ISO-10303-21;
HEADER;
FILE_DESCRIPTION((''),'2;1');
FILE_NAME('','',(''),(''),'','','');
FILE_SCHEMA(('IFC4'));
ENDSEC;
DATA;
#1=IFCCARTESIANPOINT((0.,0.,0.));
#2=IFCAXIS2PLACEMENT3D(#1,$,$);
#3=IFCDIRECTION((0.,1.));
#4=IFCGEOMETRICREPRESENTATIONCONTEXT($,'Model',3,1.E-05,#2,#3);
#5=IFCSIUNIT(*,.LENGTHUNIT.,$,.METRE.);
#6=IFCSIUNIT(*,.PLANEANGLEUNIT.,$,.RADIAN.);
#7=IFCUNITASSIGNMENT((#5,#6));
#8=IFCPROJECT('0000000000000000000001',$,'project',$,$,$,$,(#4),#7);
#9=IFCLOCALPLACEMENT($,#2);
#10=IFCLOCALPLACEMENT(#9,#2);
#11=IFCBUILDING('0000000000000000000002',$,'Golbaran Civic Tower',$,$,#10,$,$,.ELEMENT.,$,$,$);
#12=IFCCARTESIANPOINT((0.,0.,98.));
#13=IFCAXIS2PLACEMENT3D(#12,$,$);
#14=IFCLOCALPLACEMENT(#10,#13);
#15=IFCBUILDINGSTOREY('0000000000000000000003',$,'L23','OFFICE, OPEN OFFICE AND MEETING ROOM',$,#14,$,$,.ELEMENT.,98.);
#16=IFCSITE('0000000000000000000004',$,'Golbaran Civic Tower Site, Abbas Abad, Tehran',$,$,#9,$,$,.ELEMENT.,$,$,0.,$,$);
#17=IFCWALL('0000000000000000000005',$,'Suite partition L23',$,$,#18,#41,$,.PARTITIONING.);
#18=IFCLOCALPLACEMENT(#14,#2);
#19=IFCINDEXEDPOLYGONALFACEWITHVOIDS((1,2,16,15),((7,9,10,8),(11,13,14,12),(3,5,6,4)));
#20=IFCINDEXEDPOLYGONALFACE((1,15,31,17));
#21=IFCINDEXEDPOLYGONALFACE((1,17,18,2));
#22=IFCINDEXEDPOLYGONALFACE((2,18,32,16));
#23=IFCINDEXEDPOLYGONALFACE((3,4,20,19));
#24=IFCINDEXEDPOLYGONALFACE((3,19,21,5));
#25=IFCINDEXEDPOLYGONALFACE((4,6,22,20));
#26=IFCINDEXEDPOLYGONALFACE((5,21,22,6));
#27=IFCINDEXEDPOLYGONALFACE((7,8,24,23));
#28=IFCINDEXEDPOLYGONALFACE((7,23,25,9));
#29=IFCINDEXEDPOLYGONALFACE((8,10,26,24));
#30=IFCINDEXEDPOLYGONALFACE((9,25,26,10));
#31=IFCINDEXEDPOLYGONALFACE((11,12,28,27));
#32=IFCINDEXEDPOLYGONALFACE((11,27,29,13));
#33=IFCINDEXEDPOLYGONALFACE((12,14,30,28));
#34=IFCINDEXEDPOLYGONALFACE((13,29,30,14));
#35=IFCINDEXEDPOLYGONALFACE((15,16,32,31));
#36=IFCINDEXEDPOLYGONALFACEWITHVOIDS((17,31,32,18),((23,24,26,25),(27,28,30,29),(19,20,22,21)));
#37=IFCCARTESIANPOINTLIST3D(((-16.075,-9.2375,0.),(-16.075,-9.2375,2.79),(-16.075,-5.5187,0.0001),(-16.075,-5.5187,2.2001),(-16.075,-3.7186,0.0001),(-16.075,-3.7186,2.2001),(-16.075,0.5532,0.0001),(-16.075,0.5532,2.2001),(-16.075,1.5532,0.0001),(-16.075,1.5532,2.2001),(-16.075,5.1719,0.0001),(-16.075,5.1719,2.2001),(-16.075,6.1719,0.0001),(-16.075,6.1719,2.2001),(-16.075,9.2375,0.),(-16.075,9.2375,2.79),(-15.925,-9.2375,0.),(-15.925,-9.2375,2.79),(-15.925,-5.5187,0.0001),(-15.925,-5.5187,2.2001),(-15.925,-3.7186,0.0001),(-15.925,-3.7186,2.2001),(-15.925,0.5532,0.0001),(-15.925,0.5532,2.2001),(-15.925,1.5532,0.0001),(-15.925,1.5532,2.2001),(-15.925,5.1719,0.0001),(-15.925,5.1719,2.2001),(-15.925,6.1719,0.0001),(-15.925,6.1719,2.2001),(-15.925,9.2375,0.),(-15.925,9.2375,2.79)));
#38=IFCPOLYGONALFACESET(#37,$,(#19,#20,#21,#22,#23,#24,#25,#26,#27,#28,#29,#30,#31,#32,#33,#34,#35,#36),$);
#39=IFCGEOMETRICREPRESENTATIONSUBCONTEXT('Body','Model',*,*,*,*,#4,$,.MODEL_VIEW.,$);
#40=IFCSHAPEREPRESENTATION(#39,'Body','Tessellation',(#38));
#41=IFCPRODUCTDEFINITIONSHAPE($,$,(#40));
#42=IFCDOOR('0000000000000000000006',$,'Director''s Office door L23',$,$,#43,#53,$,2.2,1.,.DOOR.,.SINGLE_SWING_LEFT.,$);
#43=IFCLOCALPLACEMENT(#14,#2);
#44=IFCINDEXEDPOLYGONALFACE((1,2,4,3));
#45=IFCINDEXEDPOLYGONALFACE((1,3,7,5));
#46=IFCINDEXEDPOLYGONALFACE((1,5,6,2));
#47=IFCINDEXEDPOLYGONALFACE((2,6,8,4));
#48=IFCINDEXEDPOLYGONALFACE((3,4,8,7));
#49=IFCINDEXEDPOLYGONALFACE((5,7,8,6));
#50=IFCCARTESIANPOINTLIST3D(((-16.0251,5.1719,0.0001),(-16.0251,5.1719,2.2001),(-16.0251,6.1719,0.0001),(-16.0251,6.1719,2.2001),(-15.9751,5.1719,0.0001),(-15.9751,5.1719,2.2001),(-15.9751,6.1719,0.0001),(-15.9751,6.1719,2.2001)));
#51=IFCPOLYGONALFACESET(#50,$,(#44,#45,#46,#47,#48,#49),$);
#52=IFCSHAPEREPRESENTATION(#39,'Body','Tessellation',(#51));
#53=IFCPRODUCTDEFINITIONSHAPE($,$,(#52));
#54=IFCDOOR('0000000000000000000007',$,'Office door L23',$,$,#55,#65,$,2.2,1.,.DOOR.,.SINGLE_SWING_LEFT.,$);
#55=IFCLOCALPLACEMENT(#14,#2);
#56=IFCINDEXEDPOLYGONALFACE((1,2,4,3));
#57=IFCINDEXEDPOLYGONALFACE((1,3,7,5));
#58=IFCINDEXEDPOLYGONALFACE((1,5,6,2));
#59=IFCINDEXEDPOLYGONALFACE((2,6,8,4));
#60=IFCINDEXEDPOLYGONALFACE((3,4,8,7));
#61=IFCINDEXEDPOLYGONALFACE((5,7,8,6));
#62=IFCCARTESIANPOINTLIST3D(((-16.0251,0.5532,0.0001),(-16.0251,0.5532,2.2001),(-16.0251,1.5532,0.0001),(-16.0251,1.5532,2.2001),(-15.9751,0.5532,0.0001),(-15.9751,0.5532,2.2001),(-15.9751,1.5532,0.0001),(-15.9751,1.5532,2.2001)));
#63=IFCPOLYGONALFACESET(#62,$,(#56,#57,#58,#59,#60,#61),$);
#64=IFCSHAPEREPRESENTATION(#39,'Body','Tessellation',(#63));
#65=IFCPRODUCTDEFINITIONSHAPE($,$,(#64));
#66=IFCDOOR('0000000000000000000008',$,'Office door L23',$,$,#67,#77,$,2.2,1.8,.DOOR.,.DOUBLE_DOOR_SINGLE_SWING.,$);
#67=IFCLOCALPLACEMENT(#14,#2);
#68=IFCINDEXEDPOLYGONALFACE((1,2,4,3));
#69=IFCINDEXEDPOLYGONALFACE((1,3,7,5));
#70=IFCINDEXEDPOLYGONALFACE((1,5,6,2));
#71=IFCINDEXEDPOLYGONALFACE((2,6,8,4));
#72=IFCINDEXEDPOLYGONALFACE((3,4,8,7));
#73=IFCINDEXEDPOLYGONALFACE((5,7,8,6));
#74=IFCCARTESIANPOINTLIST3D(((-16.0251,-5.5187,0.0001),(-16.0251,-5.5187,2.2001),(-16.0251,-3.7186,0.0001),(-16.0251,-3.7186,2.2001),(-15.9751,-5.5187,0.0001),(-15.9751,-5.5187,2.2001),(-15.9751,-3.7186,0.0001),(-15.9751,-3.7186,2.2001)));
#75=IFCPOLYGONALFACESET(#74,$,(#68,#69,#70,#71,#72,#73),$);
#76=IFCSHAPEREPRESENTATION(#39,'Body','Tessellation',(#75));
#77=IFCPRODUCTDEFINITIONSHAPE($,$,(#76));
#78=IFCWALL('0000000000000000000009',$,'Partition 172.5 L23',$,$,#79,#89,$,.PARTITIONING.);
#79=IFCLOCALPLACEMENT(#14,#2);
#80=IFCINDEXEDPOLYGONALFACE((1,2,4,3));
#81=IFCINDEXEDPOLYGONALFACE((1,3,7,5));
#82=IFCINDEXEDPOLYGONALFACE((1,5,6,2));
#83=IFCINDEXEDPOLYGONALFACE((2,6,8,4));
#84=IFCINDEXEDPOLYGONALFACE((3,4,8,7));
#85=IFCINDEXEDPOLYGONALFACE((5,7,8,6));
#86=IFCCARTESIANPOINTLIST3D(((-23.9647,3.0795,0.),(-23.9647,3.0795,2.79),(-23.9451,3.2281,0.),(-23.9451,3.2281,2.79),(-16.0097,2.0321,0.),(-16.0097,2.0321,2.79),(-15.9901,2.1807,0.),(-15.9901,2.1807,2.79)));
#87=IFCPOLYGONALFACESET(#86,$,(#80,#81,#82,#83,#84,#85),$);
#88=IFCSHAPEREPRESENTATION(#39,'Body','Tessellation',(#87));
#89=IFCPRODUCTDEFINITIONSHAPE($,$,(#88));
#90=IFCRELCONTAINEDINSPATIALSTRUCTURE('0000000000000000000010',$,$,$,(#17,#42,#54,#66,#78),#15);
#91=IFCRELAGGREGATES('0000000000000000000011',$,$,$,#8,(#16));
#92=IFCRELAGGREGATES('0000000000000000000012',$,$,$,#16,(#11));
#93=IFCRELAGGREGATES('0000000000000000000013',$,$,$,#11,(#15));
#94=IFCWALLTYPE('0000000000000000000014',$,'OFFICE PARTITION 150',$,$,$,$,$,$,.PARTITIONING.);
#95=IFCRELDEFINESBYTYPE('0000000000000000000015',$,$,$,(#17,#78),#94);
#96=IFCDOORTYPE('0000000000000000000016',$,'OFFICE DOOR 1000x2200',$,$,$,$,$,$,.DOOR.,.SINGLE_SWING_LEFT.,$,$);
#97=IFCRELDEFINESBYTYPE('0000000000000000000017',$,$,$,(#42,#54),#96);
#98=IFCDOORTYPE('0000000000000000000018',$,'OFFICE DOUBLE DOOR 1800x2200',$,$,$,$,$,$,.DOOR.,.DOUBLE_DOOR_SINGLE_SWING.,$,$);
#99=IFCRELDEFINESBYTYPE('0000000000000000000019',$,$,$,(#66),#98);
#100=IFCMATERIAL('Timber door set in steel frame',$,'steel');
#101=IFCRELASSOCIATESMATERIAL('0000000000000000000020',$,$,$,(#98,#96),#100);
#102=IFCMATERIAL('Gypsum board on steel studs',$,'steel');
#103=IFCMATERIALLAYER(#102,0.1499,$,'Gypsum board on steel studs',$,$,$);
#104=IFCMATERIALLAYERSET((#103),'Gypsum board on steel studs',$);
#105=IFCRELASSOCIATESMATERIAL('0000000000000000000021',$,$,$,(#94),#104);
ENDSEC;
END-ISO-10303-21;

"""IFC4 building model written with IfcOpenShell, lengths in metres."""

from ifc_helpers import new_model, si_unit, direction, frame, frame_2d, origin, place, context, subcontext, project, spatial, rectangle, extrude, material, layer, layer_set, type_object, element, fill, save


model = new_model("IFC4")

# Units and contexts
model_context = context("Model", 3, precision=1e-05, world=origin(), true_north=direction((0.0, 1.0)))
body_context = subcontext(model_context, "Body", "Model", "MODEL_VIEW")
ifc_project = project(units=[si_unit("LENGTHUNIT", "METRE"), si_unit("PLANEANGLEUNIT", "RADIAN")], contexts=[model_context])

# Site, building, storey
site_placement = place(None, origin())
site = spatial("IfcSite", under=ifc_project, at=site_placement, Name="Golbaran Civic Tower Site, Abbas Abad, Tehran", CompositionType="ELEMENT", RefElevation=0.0)
building_placement = place(site_placement, origin())
building = spatial("IfcBuilding", under=site, at=building_placement, Name="Golbaran Civic Tower", CompositionType="ELEMENT")
storey_placement = place(building_placement, frame((0.0, 0.0, 98.0)))
storey = spatial("IfcBuildingStorey", under=building, at=storey_placement, Name="L23", Description="OFFICE, OPEN OFFICE AND MEETING ROOM", CompositionType="ELEMENT", Elevation=98.0)

# Shared definitions
ifc_material_1 = material(Name="Timber door set in steel frame", Category="steel")

# Shared definitions
door_type_1 = type_object("IfcDoorType", Name="OFFICE DOUBLE DOOR 1800x2200", OperationType="DOUBLE_DOOR_SINGLE_SWING", PredefinedType="DOOR", material=ifc_material_1)
door_type_2 = type_object("IfcDoorType", Name="OFFICE DOOR 1000x2200", OperationType="SINGLE_SWING_LEFT", PredefinedType="DOOR", material=ifc_material_1)

# Shared definitions
ifc_material_2 = material(Name="Gypsum board on steel studs", Category="steel")
ifc_layer_1 = layer(ifc_material_2, 0.1499, Name="Gypsum board on steel studs")
ifc_layer_set_1 = layer_set([ifc_layer_1], Name="Gypsum board on steel studs")
wall_type_1 = type_object("IfcWallType", Name="OFFICE PARTITION 150", PredefinedType="PARTITIONING", material=ifc_layer_set_1)

# Wall, openings, doors
wall_1_placement = place(storey_placement, frame((-16.0, 9.2375, 0.0), z_axis=(0.0, 0.0, 1.0), x_axis=(0.0, -1.0, 0.0)))
wall_1 = element("IfcWall", 1, at=wall_1_placement, inside=storey, type_object=wall_type_1, Name="Suite partition L23", PredefinedType="PARTITIONING", context=body_context, shape_type="SweptSolid", body=[
    extrude(rectangle(XDim=18.4751, YDim=0.1499, at=frame_2d((9.2375, 0.0))), origin(), (0.0, 0.0, 1.0), 2.79),
])
opening_1_placement = place(wall_1_placement, frame((3.0657, 0.0, 0.0)))
opening_1 = element("IfcOpeningElement", 2, at=opening_1_placement, cuts=wall_1, PredefinedType="OPENING", context=body_context, shape_type="SweptSolid", body=[
    extrude(rectangle(XDim=1.0, YDim=2.2, at=frame_2d((0.5, 1.1001))), frame((0.0, 0.085, 0.0), z_axis=(0.0, -1.0, 0.0), x_axis=(1.0, 0.0, 0.0)), (0.0, 0.0, 1.0), 0.1699),
])
opening_2_placement = place(wall_1_placement, frame((7.6843, 0.0, 0.0)))
opening_2 = element("IfcOpeningElement", 3, at=opening_2_placement, cuts=wall_1, PredefinedType="OPENING", context=body_context, shape_type="SweptSolid", body=[
    extrude(rectangle(XDim=1.0, YDim=2.2, at=frame_2d((0.5, 1.1001))), frame((0.0, 0.085, 0.0), z_axis=(0.0, -1.0, 0.0), x_axis=(1.0, 0.0, 0.0)), (0.0, 0.0, 1.0), 0.1699),
])
opening_3_placement = place(wall_1_placement, frame((12.9563, 0.0, 0.0)))
opening_3 = element("IfcOpeningElement", 4, at=opening_3_placement, cuts=wall_1, PredefinedType="OPENING", context=body_context, shape_type="SweptSolid", body=[
    extrude(rectangle(XDim=1.8, YDim=2.2, at=frame_2d((0.8999, 1.1001))), frame((0.0, 0.085, 0.0), z_axis=(0.0, -1.0, 0.0), x_axis=(1.0, 0.0, 0.0)), (0.0, 0.0, 1.0), 0.1699),
])
door_1_placement = place(opening_1_placement, origin())
door_1 = element("IfcDoor", 5, at=door_1_placement, inside=storey, type_object=door_type_2, Name="Director's Office door L23", OperationType="SINGLE_SWING_LEFT", OverallHeight=2.2, OverallWidth=1.0, PredefinedType="DOOR", context=body_context, shape_type="SweptSolid", body=[
    extrude(rectangle(XDim=1.0, YDim=2.2, at=frame_2d((0.5, 1.1001))), frame((0.0, 0.0249, 0.0), z_axis=(0.0, -1.0, 0.0), x_axis=(1.0, 0.0, 0.0)), (0.0, 0.0, 1.0), 0.05),
])
fill(opening_1, door_1)
door_2_placement = place(opening_2_placement, origin())
door_2 = element("IfcDoor", 6, at=door_2_placement, inside=storey, type_object=door_type_2, Name="Office door L23", OperationType="SINGLE_SWING_LEFT", OverallHeight=2.2, OverallWidth=1.0, PredefinedType="DOOR", context=body_context, shape_type="SweptSolid", body=[
    extrude(rectangle(XDim=1.0, YDim=2.2, at=frame_2d((0.5, 1.1001))), frame((0.0, 0.0249, 0.0), z_axis=(0.0, -1.0, 0.0), x_axis=(1.0, 0.0, 0.0)), (0.0, 0.0, 1.0), 0.05),
])
fill(opening_2, door_2)
door_3_placement = place(opening_3_placement, origin())
door_3 = element("IfcDoor", 7, at=door_3_placement, inside=storey, type_object=door_type_1, Name="Office door L23", OperationType="DOUBLE_DOOR_SINGLE_SWING", OverallHeight=2.2, OverallWidth=1.8, PredefinedType="DOOR", context=body_context, shape_type="SweptSolid", body=[
    extrude(rectangle(XDim=1.8, YDim=2.2, at=frame_2d((0.8999, 1.1001))), frame((0.0, 0.0249, 0.0), z_axis=(0.0, -1.0, 0.0), x_axis=(1.0, 0.0, 0.0)), (0.0, 0.0, 1.0), 0.05),
])
fill(opening_3, door_3)

# Wall
wall_2_placement = place(storey_placement, frame((-16.0, 2.1064, 0.0), z_axis=(0.0, 0.0, 1.0), x_axis=(-0.991444, 0.130533, 0.0)))
element("IfcWall", 8, at=wall_2_placement, inside=storey, type_object=wall_type_1, Name="Partition 172.5 L23", PredefinedType="PARTITIONING", context=body_context, shape_type="SweptSolid", body=[
    extrude(rectangle(XDim=8.0237, YDim=0.1499, at=frame_2d((4.0117, 0.0))), origin(), (0.0, 0.0, 1.0), 2.79),
])

save(model, "model.ifc")
